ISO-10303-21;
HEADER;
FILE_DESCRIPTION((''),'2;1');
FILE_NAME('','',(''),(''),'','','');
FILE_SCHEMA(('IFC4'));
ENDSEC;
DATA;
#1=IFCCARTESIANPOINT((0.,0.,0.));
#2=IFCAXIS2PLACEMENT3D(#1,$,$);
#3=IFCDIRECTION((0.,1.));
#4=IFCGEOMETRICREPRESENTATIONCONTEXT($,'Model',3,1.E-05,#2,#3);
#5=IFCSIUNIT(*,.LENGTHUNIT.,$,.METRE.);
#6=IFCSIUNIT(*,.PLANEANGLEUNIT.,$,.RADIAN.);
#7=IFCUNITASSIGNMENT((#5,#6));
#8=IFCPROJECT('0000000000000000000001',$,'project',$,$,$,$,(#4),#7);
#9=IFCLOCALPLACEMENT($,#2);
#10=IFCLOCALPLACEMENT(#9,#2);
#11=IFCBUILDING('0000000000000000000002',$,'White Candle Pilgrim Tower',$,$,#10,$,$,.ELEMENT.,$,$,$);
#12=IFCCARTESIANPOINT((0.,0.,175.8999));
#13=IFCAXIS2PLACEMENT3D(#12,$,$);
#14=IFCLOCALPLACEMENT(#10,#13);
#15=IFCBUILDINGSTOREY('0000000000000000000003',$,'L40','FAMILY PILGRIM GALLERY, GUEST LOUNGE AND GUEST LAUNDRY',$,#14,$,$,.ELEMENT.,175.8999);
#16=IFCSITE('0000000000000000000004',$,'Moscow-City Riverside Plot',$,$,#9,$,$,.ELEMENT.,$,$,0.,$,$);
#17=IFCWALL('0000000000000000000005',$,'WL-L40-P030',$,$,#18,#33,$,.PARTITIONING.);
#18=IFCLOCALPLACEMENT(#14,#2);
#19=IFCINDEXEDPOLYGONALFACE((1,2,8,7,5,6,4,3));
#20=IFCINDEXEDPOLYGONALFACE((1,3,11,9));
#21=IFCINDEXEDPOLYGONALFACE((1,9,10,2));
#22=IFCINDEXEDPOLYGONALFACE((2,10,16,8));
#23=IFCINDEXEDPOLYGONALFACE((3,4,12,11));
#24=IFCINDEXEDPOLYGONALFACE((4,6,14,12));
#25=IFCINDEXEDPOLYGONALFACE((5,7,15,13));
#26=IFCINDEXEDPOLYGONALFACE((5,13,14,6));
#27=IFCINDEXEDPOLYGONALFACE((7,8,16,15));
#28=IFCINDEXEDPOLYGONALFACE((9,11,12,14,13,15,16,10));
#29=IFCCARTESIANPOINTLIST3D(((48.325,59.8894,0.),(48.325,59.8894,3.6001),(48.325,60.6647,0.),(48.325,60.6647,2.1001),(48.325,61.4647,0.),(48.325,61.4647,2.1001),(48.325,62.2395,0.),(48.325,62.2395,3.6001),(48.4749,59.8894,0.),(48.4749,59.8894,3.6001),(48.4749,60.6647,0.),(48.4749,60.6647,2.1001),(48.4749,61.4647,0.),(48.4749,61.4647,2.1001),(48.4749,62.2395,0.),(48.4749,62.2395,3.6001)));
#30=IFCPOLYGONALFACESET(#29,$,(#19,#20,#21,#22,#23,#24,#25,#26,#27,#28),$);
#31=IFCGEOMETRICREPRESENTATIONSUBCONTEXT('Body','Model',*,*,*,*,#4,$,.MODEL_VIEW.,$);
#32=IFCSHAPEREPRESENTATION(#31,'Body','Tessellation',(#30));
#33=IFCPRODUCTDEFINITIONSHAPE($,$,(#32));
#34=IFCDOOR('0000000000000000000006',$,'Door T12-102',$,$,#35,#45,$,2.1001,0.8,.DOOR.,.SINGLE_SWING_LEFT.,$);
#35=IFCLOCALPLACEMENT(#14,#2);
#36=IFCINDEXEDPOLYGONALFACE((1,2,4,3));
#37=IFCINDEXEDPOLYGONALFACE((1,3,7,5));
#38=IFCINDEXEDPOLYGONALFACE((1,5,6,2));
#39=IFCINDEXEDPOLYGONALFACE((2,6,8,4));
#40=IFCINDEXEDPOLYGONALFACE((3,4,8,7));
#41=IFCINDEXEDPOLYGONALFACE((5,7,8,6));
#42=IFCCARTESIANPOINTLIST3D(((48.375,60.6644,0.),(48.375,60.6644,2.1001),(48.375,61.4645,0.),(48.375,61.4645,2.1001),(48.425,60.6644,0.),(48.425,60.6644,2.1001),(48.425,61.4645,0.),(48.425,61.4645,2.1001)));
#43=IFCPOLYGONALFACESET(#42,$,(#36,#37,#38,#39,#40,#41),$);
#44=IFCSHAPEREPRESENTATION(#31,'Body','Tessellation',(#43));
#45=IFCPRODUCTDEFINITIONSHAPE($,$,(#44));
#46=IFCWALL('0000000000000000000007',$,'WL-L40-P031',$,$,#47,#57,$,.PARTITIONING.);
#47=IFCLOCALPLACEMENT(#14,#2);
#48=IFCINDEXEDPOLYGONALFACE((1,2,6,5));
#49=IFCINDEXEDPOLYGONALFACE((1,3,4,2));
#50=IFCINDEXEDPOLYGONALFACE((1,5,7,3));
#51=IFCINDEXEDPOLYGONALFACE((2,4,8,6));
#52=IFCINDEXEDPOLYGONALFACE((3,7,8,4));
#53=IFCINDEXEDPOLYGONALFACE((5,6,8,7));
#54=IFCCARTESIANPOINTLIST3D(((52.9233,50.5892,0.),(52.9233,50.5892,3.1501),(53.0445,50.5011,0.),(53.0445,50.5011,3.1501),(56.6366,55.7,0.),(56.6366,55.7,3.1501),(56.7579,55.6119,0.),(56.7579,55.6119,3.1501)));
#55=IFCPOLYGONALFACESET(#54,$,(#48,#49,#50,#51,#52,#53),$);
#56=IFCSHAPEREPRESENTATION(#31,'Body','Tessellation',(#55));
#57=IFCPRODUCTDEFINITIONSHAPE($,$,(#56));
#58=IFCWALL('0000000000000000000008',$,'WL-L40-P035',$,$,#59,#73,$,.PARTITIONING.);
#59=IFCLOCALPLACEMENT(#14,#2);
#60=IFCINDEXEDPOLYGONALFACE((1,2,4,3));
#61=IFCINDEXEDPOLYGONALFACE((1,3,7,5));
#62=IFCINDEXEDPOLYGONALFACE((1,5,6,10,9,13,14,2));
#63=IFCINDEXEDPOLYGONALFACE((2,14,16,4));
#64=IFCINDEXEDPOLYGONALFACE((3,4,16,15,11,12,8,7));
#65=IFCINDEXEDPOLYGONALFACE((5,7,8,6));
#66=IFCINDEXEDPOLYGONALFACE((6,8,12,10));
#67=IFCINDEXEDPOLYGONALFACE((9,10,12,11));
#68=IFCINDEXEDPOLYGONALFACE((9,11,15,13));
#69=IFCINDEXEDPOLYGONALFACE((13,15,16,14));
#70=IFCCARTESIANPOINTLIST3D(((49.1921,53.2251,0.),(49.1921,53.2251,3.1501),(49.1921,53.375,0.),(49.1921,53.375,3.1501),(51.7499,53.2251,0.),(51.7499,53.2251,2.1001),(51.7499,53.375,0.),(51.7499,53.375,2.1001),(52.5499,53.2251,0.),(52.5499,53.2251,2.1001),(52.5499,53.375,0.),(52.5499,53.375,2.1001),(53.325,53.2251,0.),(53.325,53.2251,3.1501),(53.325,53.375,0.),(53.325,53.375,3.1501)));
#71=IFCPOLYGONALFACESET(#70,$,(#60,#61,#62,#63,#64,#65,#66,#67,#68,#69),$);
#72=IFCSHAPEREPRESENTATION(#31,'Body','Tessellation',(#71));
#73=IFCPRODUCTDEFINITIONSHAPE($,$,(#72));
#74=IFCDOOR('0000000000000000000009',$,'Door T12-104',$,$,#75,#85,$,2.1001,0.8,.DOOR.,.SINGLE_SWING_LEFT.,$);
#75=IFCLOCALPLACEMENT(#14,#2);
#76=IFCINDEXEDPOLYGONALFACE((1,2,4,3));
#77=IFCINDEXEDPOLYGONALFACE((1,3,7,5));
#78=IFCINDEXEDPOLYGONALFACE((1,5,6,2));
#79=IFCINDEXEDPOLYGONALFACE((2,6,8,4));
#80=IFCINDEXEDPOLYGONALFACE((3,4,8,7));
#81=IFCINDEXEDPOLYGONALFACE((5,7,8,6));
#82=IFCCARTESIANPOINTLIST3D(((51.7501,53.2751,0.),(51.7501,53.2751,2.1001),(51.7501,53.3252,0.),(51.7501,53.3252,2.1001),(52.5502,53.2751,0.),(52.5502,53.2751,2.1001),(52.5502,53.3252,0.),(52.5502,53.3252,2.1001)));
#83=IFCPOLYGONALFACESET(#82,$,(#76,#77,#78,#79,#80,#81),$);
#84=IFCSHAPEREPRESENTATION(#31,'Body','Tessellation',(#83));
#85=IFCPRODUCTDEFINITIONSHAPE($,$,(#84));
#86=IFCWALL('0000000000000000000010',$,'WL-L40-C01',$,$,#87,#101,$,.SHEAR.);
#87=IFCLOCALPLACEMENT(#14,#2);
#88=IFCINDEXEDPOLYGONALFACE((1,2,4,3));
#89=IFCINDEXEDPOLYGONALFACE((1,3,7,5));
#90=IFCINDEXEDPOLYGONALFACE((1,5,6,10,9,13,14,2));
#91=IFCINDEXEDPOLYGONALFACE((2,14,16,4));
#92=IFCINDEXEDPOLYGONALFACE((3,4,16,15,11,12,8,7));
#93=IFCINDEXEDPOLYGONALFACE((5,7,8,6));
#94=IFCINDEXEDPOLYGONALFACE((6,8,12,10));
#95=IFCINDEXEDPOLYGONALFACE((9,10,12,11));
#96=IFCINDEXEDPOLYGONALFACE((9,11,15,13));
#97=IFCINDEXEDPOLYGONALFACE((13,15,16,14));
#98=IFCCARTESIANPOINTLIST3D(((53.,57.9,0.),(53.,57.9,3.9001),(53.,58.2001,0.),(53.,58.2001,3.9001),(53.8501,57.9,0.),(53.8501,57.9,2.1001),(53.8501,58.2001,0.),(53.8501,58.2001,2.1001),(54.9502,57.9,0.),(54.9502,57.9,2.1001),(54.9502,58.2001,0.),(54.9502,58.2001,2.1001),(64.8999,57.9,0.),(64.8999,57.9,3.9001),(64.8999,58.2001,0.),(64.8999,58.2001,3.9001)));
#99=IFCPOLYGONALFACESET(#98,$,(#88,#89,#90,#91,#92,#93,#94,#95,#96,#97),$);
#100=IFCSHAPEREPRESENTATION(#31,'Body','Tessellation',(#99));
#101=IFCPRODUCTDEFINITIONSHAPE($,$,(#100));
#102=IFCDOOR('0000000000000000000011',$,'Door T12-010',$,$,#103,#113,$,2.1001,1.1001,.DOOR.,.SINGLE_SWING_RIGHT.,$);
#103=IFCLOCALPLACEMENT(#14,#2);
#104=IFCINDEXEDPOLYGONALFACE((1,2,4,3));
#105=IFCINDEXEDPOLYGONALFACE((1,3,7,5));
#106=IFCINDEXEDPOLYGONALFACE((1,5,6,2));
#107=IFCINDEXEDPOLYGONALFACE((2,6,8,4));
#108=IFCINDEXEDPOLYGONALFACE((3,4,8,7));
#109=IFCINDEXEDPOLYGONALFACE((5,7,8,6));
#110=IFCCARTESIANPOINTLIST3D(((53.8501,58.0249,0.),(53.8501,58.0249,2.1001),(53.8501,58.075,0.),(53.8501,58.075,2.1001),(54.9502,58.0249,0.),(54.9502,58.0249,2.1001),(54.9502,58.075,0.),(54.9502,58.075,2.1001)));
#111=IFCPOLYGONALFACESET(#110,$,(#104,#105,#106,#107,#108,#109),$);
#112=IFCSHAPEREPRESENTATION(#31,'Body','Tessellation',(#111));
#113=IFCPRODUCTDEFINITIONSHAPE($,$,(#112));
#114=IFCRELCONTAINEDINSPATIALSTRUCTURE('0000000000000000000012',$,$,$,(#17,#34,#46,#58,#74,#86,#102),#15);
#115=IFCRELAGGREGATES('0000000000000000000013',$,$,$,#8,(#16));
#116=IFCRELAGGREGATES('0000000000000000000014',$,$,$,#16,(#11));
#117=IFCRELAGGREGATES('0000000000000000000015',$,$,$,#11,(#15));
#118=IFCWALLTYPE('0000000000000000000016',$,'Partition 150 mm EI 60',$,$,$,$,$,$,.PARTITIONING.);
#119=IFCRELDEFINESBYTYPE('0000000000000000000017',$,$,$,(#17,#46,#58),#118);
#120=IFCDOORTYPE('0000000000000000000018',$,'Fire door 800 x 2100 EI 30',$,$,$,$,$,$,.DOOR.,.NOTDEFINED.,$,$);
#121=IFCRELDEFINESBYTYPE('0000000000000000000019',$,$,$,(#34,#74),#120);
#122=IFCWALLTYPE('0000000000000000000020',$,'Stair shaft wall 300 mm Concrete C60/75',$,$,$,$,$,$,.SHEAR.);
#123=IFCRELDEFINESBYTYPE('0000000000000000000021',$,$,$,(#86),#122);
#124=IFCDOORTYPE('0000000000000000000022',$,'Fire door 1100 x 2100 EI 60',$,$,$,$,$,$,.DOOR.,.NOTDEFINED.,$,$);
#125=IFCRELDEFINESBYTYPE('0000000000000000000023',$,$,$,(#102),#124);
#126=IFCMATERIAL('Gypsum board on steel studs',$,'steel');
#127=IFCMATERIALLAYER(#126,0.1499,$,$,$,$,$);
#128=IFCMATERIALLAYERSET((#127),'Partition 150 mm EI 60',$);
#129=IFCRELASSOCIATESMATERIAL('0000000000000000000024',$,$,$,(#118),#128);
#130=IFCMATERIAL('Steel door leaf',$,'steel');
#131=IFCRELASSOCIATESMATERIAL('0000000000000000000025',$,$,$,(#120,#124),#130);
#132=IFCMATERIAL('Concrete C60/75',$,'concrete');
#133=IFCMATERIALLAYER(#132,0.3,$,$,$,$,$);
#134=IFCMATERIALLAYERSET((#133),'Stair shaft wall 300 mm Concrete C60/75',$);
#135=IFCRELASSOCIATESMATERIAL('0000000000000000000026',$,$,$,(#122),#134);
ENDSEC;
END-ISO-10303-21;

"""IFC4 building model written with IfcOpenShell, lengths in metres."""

from ifc_helpers import new_model, si_unit, direction, frame, frame_2d, origin, place, context, subcontext, project, spatial, rectangle, extrude, material, layer, layer_set, type_object, element, fill, save


model = new_model("IFC4")

# Units and contexts
model_context = context("Model", 3, precision=1e-05, world=origin(), true_north=direction((0.0, 1.0)))
body_context = subcontext(model_context, "Body", "Model", "MODEL_VIEW")
ifc_project = project(units=[si_unit("LENGTHUNIT", "METRE"), si_unit("PLANEANGLEUNIT", "RADIAN")], contexts=[model_context])

# Site, building, storey
site_placement = place(None, origin())
site = spatial("IfcSite", under=ifc_project, at=site_placement, Name="Moscow-City Riverside Plot", CompositionType="ELEMENT", RefElevation=0.0)
building_placement = place(site_placement, origin())
building = spatial("IfcBuilding", under=site, at=building_placement, Name="White Candle Pilgrim Tower", CompositionType="ELEMENT")
storey_placement = place(building_placement, frame((0.0, 0.0, 175.8999)))
storey = spatial("IfcBuildingStorey", under=building, at=storey_placement, Name="L40", Description="FAMILY PILGRIM GALLERY, GUEST LOUNGE AND GUEST LAUNDRY", CompositionType="ELEMENT", Elevation=175.8999)

# Shared definitions
ifc_material_1 = material(Name="Gypsum board on steel studs", Category="steel")
ifc_material_2 = material(Name="Steel door leaf", Category="steel")

# Shared definitions
ifc_layer_1 = layer(ifc_material_1, 0.1499)
ifc_layer_set_1 = layer_set([ifc_layer_1], Name="Partition 150 mm EI 60")
wall_type_1 = type_object("IfcWallType", Name="Partition 150 mm EI 60", PredefinedType="PARTITIONING", material=ifc_layer_set_1)

# Wall, opening, door
wall_1_placement = place(storey_placement, frame((48.3999, 62.2395, 0.0), z_axis=(0.0, 0.0, 1.0), x_axis=(0.0, -1.0, 0.0)))
wall_1 = element("IfcWall", 1, at=wall_1_placement, inside=storey, type_object=wall_type_1, Name="WL-L40-P030", PredefinedType="PARTITIONING", context=body_context, shape_type="SweptSolid", body=[
    extrude(rectangle(XDim=2.3501, YDim=0.1499, at=frame_2d((1.175, 0.0))), origin(), (0.0, 0.0, 1.0), 3.6001),
])
opening_1_placement = place(wall_1_placement, frame((0.7749, 0.0, 0.0)))
opening_1 = element("IfcOpeningElement", 2, at=opening_1_placement, cuts=wall_1, PredefinedType="OPENING", context=body_context, shape_type="SweptSolid", body=[
    extrude(rectangle(XDim=0.8, YDim=2.1001, at=frame_2d((0.3999, 1.05))), frame((0.0, 0.085, 0.0), z_axis=(0.0, -1.0, 0.0), x_axis=(1.0, 0.0, 0.0)), (0.0, 0.0, 1.0), 0.1699),
])
door_type_1 = type_object("IfcDoorType", Name="Fire door 800 x 2100 EI 30", OperationType="NOTDEFINED", PredefinedType="DOOR", material=ifc_material_2)
door_1_placement = place(opening_1_placement, frame((0.8, 0.0, 0.0), z_axis=(0.0, 0.0, 1.0), x_axis=(-1.0, 0.0, 0.0)))
door_1 = element("IfcDoor", 3, at=door_1_placement, inside=storey, type_object=door_type_1, Name="Door T12-102", OperationType="SINGLE_SWING_LEFT", OverallHeight=2.1001, OverallWidth=0.8, PredefinedType="DOOR", context=body_context, shape_type="SweptSolid", body=[
    extrude(rectangle(XDim=0.8, YDim=2.1001, at=frame_2d((0.3999, 1.05))), frame((0.0, 0.0249, 0.0), z_axis=(0.0, -1.0, 0.0), x_axis=(1.0, 0.0, 0.0)), (0.0, 0.0, 1.0), 0.05),
])
fill(opening_1, door_1)

# Wall
wall_2_placement = place(storey_placement, frame((52.9839, 50.5452, 0.0), z_axis=(0.0, 0.0, 1.0), x_axis=(0.587799, 0.809007, 0.0)))
element("IfcWall", 4, at=wall_2_placement, inside=storey, type_object=wall_type_1, Name="WL-L40-P031", PredefinedType="PARTITIONING", context=body_context, shape_type="SweptSolid", body=[
    extrude(rectangle(XDim=6.3174, YDim=0.1499, at=frame_2d((3.1587, 0.0))), origin(), (0.0, 0.0, 1.0), 3.1501),
])

# Walls, openings, doors
wall_3_placement = place(storey_placement, frame((49.1921, 53.3, 0.0), z_axis=(0.0, 0.0, 1.0), x_axis=(1.0, 0.0, 0.0)))
wall_3 = element("IfcWall", 5, at=wall_3_placement, inside=storey, type_object=wall_type_1, Name="WL-L40-P035", PredefinedType="PARTITIONING", context=body_context, shape_type="SweptSolid", body=[
    extrude(rectangle(XDim=4.1328, YDim=0.1499, at=frame_2d((2.0664, 0.0))), origin(), (0.0, 0.0, 1.0), 3.1501),
])
opening_2_placement = place(wall_3_placement, frame((2.5579, 0.0, 0.0)))
opening_2 = element("IfcOpeningElement", 6, at=opening_2_placement, cuts=wall_3, PredefinedType="OPENING", context=body_context, shape_type="SweptSolid", body=[
    extrude(rectangle(XDim=0.8, YDim=2.1001, at=frame_2d((0.3999, 1.05))), frame((0.0, 0.085, 0.0), z_axis=(0.0, -1.0, 0.0), x_axis=(1.0, 0.0, 0.0)), (0.0, 0.0, 1.0), 0.1699),
])
door_2_placement = place(opening_2_placement, frame((0.8, 0.0, 0.0), z_axis=(0.0, 0.0, 1.0), x_axis=(-1.0, 0.0, 0.0)))
door_2 = element("IfcDoor", 7, at=door_2_placement, inside=storey, type_object=door_type_1, Name="Door T12-104", OperationType="SINGLE_SWING_LEFT", OverallHeight=2.1001, OverallWidth=0.8, PredefinedType="DOOR", context=body_context, shape_type="SweptSolid", body=[
    extrude(rectangle(XDim=0.8, YDim=2.1001, at=frame_2d((0.3999, 1.05))), frame((0.0, 0.0249, 0.0), z_axis=(0.0, -1.0, 0.0), x_axis=(1.0, 0.0, 0.0)), (0.0, 0.0, 1.0), 0.05),
])
fill(opening_2, door_2)
ifc_material_3 = material(Name="Concrete C60/75", Category="concrete")
ifc_layer_2 = layer(ifc_material_3, 0.3)
ifc_layer_set_2 = layer_set([ifc_layer_2], Name="Stair shaft wall 300 mm Concrete C60/75")
wall_type_2 = type_object("IfcWallType", Name="Stair shaft wall 300 mm Concrete C60/75", PredefinedType="SHEAR", material=ifc_layer_set_2)
wall_4_placement = place(storey_placement, frame((53.0, 58.05, 0.0), z_axis=(0.0, 0.0, 1.0), x_axis=(1.0, 0.0, 0.0)))
wall_4 = element("IfcWall", 8, at=wall_4_placement, inside=storey, type_object=wall_type_2, Name="WL-L40-C01", PredefinedType="SHEAR", context=body_context, shape_type="SweptSolid", body=[
    extrude(rectangle(XDim=11.8999, YDim=0.3, at=frame_2d((5.95, 0.0))), origin(), (0.0, 0.0, 1.0), 3.9001),
])
opening_3_placement = place(wall_4_placement, frame((0.8501, 0.0, 0.0)))
opening_3 = element("IfcOpeningElement", 9, at=opening_3_placement, cuts=wall_4, PredefinedType="OPENING", context=body_context, shape_type="SweptSolid", body=[
    extrude(rectangle(XDim=1.1001, YDim=2.1001, at=frame_2d((0.55, 1.05))), frame((0.0, 0.1599, 0.0), z_axis=(0.0, -1.0, 0.0), x_axis=(1.0, 0.0, 0.0)), (0.0, 0.0, 1.0), 0.3201),
])
door_type_2 = type_object("IfcDoorType", Name="Fire door 1100 x 2100 EI 60", OperationType="NOTDEFINED", PredefinedType="DOOR", material=ifc_material_2)
door_3_placement = place(opening_3_placement, origin())
door_3 = element("IfcDoor", 10, at=door_3_placement, inside=storey, type_object=door_type_2, Name="Door T12-010", OperationType="SINGLE_SWING_RIGHT", OverallHeight=2.1001, OverallWidth=1.1001, PredefinedType="DOOR", context=body_context, shape_type="SweptSolid", body=[
    extrude(rectangle(XDim=1.1001, YDim=2.1001, at=frame_2d((0.55, 1.05))), frame((0.0, 0.0249, 0.0), z_axis=(0.0, -1.0, 0.0), x_axis=(1.0, 0.0, 0.0)), (0.0, 0.0, 1.0), 0.05),
])
fill(opening_3, door_3)

save(model, "model.ifc")
